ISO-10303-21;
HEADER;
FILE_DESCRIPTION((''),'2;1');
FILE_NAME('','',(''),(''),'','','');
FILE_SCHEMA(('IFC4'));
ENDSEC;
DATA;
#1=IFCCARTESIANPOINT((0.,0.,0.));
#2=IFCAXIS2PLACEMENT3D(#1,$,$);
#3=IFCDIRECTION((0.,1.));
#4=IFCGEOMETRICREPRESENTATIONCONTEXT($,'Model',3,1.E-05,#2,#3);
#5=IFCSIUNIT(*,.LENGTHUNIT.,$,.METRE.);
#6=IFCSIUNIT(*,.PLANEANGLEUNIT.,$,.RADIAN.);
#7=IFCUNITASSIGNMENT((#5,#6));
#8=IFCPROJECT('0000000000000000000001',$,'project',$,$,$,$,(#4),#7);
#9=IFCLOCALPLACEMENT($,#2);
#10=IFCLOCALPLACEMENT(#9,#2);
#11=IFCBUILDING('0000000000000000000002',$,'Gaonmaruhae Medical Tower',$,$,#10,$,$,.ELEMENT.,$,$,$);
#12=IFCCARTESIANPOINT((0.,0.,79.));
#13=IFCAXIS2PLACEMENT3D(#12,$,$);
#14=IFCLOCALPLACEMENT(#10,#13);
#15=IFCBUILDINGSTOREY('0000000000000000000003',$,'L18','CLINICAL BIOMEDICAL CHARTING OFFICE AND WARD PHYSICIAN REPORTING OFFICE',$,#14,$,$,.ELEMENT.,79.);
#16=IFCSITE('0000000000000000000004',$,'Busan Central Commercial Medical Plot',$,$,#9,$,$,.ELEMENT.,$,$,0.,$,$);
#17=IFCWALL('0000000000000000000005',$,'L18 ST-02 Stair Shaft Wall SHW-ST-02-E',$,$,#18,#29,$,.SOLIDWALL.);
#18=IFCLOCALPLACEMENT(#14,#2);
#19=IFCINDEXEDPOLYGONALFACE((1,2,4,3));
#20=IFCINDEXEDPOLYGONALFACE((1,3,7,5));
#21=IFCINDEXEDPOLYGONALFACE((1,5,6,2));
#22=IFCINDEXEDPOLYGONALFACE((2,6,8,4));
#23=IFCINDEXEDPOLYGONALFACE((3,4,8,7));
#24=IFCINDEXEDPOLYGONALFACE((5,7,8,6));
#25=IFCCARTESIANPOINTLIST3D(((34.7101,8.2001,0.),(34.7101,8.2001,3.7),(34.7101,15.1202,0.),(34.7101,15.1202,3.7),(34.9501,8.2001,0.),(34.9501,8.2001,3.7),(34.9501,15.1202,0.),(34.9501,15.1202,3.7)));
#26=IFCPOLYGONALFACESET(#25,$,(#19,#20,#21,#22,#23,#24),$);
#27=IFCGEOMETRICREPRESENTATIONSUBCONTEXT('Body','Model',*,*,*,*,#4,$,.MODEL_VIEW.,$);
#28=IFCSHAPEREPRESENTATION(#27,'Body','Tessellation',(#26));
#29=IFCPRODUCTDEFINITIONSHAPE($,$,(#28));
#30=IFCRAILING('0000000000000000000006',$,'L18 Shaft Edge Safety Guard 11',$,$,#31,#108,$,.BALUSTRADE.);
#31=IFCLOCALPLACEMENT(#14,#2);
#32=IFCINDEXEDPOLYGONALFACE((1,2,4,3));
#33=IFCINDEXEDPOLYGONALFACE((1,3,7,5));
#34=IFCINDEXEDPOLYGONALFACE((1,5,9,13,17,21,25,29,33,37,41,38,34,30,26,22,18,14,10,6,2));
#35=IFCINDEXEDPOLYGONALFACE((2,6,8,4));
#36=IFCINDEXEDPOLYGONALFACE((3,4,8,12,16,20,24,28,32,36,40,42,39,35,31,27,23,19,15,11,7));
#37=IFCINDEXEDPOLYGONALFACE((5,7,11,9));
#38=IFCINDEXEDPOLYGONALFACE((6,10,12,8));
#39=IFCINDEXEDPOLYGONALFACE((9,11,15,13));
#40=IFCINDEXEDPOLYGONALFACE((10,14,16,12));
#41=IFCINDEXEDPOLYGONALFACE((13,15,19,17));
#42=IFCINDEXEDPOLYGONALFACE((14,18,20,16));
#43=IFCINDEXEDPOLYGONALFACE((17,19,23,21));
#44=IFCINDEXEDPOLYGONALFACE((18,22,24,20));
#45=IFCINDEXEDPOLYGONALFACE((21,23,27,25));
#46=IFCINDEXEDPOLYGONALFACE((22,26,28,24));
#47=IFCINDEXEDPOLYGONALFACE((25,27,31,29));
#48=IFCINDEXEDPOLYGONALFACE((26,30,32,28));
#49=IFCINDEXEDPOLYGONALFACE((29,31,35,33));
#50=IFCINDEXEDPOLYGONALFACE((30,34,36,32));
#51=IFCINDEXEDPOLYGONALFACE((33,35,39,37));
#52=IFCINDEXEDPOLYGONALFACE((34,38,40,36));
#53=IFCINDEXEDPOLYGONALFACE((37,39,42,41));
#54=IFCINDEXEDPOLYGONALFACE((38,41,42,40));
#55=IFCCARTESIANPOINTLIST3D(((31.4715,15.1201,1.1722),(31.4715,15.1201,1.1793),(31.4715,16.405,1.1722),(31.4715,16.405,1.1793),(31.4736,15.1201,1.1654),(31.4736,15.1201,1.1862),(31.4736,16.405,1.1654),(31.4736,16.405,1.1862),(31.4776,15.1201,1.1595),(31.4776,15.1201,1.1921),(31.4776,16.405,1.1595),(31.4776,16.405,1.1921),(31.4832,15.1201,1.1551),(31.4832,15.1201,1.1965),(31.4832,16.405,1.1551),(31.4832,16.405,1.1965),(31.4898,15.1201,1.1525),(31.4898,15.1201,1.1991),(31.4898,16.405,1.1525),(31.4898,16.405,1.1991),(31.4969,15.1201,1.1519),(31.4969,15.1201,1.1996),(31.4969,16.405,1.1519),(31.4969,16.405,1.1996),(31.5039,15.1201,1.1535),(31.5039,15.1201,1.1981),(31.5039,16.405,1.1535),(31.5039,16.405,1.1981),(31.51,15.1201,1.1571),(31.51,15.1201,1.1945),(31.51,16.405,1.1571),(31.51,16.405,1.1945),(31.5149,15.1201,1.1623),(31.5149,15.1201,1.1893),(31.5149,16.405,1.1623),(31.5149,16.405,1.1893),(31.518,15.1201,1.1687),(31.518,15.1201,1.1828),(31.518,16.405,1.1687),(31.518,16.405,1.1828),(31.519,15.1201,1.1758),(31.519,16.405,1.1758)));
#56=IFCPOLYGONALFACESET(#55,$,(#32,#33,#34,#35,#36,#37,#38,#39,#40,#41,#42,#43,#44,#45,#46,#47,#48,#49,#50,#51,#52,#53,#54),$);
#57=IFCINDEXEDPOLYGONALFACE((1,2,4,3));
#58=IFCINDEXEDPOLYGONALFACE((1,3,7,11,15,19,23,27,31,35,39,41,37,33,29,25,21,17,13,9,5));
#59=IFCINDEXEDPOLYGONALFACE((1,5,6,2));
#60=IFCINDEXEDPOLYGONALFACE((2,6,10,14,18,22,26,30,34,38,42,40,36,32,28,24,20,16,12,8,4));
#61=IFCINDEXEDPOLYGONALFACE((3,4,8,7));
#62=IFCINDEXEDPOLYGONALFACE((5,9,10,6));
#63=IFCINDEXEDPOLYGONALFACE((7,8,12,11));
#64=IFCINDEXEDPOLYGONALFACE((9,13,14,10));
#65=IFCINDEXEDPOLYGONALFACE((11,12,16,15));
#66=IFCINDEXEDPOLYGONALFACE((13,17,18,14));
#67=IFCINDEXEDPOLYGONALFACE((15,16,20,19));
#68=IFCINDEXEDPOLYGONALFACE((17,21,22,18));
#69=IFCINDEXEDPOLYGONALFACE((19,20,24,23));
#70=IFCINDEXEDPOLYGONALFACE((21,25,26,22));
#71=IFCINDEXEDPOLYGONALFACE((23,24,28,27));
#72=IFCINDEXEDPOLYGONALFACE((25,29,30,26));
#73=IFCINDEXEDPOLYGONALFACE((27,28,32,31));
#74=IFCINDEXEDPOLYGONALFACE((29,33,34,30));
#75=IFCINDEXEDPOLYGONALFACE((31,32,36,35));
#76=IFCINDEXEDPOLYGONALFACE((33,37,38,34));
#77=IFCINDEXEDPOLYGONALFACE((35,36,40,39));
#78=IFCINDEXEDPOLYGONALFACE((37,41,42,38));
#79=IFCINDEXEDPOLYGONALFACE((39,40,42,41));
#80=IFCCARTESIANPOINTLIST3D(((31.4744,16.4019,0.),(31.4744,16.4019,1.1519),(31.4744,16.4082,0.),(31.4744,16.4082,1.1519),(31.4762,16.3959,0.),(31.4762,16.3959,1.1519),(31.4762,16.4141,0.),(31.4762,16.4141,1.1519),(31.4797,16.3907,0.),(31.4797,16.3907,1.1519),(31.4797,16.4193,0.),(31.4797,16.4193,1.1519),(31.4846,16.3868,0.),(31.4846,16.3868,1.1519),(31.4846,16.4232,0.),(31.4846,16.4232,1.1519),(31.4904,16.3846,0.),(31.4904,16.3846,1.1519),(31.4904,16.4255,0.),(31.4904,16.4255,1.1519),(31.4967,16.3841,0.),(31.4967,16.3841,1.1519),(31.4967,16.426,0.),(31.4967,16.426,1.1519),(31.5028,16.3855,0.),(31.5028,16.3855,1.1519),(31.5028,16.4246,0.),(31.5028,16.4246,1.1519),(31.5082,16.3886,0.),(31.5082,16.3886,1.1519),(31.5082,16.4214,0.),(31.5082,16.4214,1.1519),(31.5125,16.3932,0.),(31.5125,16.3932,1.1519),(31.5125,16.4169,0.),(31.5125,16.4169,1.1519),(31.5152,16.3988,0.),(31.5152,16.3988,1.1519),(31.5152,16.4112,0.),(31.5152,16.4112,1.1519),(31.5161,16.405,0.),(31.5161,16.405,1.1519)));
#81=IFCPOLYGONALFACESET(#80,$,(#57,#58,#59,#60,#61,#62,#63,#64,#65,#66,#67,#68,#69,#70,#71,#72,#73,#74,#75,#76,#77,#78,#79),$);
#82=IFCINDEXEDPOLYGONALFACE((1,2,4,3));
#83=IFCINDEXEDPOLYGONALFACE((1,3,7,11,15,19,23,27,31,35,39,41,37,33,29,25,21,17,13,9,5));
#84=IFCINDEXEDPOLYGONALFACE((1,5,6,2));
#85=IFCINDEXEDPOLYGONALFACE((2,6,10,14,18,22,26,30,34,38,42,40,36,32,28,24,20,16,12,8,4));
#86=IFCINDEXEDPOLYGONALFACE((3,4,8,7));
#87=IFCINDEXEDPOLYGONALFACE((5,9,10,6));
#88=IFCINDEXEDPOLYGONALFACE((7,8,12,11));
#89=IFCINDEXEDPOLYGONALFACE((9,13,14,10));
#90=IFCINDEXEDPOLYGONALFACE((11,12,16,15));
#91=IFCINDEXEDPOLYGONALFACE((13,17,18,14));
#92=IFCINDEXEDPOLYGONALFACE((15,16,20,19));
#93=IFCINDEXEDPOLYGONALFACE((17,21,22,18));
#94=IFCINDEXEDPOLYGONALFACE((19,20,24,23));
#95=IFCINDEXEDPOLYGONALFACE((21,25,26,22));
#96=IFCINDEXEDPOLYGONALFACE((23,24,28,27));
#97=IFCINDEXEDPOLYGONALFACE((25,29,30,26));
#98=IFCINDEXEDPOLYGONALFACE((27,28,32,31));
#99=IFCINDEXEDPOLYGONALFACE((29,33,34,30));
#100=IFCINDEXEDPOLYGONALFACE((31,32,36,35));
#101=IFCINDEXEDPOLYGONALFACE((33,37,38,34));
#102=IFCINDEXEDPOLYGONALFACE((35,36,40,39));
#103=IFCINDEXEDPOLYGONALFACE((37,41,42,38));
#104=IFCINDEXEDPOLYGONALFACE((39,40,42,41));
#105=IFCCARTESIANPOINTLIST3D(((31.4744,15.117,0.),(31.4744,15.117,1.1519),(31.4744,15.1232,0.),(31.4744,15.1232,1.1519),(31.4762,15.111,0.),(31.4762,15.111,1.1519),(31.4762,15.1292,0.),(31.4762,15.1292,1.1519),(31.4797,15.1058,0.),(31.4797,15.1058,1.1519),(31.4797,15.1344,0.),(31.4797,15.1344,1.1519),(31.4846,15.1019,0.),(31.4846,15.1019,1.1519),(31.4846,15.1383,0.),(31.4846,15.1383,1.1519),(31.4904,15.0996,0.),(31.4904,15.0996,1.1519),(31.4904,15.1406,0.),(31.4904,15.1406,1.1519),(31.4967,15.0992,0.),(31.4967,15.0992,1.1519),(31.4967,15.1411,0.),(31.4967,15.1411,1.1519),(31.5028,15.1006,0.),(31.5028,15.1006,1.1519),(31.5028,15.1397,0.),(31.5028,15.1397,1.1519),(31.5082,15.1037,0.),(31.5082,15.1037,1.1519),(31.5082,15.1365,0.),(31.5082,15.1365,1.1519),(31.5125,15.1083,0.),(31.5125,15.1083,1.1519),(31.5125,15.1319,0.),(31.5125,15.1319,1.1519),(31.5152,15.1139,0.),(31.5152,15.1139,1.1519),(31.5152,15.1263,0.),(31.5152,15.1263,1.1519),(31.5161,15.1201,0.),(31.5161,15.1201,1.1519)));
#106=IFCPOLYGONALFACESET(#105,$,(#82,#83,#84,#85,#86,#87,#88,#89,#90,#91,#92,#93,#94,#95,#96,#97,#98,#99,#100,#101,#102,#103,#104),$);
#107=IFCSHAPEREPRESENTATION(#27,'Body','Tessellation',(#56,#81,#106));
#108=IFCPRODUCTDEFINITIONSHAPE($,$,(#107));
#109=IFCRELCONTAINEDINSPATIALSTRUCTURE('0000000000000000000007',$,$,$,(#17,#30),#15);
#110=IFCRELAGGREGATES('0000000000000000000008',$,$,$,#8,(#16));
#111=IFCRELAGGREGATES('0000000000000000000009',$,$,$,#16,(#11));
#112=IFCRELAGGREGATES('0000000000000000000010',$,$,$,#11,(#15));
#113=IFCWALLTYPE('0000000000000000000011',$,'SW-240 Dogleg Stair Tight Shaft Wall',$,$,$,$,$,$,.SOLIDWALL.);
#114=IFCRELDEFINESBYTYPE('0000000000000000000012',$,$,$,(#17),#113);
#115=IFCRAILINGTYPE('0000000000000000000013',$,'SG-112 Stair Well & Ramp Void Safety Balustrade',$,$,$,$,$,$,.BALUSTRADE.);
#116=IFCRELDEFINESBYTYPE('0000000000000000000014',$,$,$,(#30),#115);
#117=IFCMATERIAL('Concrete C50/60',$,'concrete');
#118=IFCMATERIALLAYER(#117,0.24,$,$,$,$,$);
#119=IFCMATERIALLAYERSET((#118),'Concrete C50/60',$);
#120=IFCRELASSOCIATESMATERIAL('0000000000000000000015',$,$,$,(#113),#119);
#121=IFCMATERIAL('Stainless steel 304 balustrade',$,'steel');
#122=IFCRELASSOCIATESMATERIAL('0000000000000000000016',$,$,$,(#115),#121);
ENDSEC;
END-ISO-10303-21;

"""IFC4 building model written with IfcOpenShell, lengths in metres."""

from ifc_helpers import new_model, si_unit, direction, frame, frame_2d, origin, origin_2d, place, context, subcontext, project, spatial, rectangle, circle, extrude, material, layer, layer_set, type_object, element, save


model = new_model("IFC4")

# Units and contexts
model_context = context("Model", 3, precision=1e-05, world=origin(), true_north=direction((0.0, 1.0)))
body_context = subcontext(model_context, "Body", "Model", "MODEL_VIEW")
ifc_project = project(units=[si_unit("LENGTHUNIT", "METRE"), si_unit("PLANEANGLEUNIT", "RADIAN")], contexts=[model_context])

# Site, building, storey
site_placement = place(None, origin())
site = spatial("IfcSite", under=ifc_project, at=site_placement, Name="Busan Central Commercial Medical Plot", CompositionType="ELEMENT", RefElevation=0.0)
building_placement = place(site_placement, origin())
building = spatial("IfcBuilding", under=site, at=building_placement, Name="Gaonmaruhae Medical Tower", CompositionType="ELEMENT")
storey_placement = place(building_placement, frame((0.0, 0.0, 79.0)))
storey = spatial("IfcBuildingStorey", under=building, at=storey_placement, Name="L18", Description="CLINICAL BIOMEDICAL CHARTING OFFICE AND WARD PHYSICIAN REPORTING OFFICE", CompositionType="ELEMENT", Elevation=79.0)

# Shared definitions
ifc_material_1 = material(Name="Concrete C50/60", Category="concrete")
ifc_layer_1 = layer(ifc_material_1, 0.24)
ifc_layer_set_1 = layer_set([ifc_layer_1], Name="Concrete C50/60")
wall_type_1 = type_object("IfcWallType", Name="SW-240 Dogleg Stair Tight Shaft Wall", PredefinedType="SOLIDWALL", material=ifc_layer_set_1)

# Wall
wall_1_placement = place(storey_placement, frame((34.8301, 15.1201, 0.0), z_axis=(0.0, 0.0, 1.0), x_axis=(0.0, -1.0, 0.0)))
element("IfcWall", 1, at=wall_1_placement, inside=storey, type_object=wall_type_1, Name="L18 ST-02 Stair Shaft Wall SHW-ST-02-E", PredefinedType="SOLIDWALL", context=body_context, shape_type="SweptSolid", body=[
    extrude(rectangle(XDim=6.9202, YDim=0.24, at=frame_2d((3.46, 0.0))), origin(), (0.0, 0.0, 1.0), 3.7),
])

# Railing
ifc_material_2 = material(Name="Stainless steel 304 balustrade", Category="steel")
railing_type = type_object("IfcRailingType", Name="SG-112 Stair Well & Ramp Void Safety Balustrade", PredefinedType="BALUSTRADE", material=ifc_material_2)
railing_1_placement = place(storey_placement, frame((31.4951, 16.405, 0.0)))
element("IfcRailing", 2, at=railing_1_placement, inside=storey, type_object=railing_type, Name="L18 Shaft Edge Safety Guard 11", PredefinedType="BALUSTRADE", context=body_context, shape_type="SweptSolid", body=[
    extrude(circle(Radius=0.0239, at=origin_2d()), frame((0.0, 0.0, 1.1758), z_axis=(0.0, -1.0, 0.0), x_axis=(1.0, 0.0, 0.0)), (0.0, 0.0, 1.0), 1.2849),
    extrude(circle(Radius=0.021, at=origin_2d()), origin(), (0.0, 0.0, 1.0), 1.1519),
    extrude(circle(Radius=0.021, at=origin_2d()), frame((0.0, -1.2849, 0.0)), (0.0, 0.0, 1.0), 1.1519),
])

save(model, "model.ifc")
